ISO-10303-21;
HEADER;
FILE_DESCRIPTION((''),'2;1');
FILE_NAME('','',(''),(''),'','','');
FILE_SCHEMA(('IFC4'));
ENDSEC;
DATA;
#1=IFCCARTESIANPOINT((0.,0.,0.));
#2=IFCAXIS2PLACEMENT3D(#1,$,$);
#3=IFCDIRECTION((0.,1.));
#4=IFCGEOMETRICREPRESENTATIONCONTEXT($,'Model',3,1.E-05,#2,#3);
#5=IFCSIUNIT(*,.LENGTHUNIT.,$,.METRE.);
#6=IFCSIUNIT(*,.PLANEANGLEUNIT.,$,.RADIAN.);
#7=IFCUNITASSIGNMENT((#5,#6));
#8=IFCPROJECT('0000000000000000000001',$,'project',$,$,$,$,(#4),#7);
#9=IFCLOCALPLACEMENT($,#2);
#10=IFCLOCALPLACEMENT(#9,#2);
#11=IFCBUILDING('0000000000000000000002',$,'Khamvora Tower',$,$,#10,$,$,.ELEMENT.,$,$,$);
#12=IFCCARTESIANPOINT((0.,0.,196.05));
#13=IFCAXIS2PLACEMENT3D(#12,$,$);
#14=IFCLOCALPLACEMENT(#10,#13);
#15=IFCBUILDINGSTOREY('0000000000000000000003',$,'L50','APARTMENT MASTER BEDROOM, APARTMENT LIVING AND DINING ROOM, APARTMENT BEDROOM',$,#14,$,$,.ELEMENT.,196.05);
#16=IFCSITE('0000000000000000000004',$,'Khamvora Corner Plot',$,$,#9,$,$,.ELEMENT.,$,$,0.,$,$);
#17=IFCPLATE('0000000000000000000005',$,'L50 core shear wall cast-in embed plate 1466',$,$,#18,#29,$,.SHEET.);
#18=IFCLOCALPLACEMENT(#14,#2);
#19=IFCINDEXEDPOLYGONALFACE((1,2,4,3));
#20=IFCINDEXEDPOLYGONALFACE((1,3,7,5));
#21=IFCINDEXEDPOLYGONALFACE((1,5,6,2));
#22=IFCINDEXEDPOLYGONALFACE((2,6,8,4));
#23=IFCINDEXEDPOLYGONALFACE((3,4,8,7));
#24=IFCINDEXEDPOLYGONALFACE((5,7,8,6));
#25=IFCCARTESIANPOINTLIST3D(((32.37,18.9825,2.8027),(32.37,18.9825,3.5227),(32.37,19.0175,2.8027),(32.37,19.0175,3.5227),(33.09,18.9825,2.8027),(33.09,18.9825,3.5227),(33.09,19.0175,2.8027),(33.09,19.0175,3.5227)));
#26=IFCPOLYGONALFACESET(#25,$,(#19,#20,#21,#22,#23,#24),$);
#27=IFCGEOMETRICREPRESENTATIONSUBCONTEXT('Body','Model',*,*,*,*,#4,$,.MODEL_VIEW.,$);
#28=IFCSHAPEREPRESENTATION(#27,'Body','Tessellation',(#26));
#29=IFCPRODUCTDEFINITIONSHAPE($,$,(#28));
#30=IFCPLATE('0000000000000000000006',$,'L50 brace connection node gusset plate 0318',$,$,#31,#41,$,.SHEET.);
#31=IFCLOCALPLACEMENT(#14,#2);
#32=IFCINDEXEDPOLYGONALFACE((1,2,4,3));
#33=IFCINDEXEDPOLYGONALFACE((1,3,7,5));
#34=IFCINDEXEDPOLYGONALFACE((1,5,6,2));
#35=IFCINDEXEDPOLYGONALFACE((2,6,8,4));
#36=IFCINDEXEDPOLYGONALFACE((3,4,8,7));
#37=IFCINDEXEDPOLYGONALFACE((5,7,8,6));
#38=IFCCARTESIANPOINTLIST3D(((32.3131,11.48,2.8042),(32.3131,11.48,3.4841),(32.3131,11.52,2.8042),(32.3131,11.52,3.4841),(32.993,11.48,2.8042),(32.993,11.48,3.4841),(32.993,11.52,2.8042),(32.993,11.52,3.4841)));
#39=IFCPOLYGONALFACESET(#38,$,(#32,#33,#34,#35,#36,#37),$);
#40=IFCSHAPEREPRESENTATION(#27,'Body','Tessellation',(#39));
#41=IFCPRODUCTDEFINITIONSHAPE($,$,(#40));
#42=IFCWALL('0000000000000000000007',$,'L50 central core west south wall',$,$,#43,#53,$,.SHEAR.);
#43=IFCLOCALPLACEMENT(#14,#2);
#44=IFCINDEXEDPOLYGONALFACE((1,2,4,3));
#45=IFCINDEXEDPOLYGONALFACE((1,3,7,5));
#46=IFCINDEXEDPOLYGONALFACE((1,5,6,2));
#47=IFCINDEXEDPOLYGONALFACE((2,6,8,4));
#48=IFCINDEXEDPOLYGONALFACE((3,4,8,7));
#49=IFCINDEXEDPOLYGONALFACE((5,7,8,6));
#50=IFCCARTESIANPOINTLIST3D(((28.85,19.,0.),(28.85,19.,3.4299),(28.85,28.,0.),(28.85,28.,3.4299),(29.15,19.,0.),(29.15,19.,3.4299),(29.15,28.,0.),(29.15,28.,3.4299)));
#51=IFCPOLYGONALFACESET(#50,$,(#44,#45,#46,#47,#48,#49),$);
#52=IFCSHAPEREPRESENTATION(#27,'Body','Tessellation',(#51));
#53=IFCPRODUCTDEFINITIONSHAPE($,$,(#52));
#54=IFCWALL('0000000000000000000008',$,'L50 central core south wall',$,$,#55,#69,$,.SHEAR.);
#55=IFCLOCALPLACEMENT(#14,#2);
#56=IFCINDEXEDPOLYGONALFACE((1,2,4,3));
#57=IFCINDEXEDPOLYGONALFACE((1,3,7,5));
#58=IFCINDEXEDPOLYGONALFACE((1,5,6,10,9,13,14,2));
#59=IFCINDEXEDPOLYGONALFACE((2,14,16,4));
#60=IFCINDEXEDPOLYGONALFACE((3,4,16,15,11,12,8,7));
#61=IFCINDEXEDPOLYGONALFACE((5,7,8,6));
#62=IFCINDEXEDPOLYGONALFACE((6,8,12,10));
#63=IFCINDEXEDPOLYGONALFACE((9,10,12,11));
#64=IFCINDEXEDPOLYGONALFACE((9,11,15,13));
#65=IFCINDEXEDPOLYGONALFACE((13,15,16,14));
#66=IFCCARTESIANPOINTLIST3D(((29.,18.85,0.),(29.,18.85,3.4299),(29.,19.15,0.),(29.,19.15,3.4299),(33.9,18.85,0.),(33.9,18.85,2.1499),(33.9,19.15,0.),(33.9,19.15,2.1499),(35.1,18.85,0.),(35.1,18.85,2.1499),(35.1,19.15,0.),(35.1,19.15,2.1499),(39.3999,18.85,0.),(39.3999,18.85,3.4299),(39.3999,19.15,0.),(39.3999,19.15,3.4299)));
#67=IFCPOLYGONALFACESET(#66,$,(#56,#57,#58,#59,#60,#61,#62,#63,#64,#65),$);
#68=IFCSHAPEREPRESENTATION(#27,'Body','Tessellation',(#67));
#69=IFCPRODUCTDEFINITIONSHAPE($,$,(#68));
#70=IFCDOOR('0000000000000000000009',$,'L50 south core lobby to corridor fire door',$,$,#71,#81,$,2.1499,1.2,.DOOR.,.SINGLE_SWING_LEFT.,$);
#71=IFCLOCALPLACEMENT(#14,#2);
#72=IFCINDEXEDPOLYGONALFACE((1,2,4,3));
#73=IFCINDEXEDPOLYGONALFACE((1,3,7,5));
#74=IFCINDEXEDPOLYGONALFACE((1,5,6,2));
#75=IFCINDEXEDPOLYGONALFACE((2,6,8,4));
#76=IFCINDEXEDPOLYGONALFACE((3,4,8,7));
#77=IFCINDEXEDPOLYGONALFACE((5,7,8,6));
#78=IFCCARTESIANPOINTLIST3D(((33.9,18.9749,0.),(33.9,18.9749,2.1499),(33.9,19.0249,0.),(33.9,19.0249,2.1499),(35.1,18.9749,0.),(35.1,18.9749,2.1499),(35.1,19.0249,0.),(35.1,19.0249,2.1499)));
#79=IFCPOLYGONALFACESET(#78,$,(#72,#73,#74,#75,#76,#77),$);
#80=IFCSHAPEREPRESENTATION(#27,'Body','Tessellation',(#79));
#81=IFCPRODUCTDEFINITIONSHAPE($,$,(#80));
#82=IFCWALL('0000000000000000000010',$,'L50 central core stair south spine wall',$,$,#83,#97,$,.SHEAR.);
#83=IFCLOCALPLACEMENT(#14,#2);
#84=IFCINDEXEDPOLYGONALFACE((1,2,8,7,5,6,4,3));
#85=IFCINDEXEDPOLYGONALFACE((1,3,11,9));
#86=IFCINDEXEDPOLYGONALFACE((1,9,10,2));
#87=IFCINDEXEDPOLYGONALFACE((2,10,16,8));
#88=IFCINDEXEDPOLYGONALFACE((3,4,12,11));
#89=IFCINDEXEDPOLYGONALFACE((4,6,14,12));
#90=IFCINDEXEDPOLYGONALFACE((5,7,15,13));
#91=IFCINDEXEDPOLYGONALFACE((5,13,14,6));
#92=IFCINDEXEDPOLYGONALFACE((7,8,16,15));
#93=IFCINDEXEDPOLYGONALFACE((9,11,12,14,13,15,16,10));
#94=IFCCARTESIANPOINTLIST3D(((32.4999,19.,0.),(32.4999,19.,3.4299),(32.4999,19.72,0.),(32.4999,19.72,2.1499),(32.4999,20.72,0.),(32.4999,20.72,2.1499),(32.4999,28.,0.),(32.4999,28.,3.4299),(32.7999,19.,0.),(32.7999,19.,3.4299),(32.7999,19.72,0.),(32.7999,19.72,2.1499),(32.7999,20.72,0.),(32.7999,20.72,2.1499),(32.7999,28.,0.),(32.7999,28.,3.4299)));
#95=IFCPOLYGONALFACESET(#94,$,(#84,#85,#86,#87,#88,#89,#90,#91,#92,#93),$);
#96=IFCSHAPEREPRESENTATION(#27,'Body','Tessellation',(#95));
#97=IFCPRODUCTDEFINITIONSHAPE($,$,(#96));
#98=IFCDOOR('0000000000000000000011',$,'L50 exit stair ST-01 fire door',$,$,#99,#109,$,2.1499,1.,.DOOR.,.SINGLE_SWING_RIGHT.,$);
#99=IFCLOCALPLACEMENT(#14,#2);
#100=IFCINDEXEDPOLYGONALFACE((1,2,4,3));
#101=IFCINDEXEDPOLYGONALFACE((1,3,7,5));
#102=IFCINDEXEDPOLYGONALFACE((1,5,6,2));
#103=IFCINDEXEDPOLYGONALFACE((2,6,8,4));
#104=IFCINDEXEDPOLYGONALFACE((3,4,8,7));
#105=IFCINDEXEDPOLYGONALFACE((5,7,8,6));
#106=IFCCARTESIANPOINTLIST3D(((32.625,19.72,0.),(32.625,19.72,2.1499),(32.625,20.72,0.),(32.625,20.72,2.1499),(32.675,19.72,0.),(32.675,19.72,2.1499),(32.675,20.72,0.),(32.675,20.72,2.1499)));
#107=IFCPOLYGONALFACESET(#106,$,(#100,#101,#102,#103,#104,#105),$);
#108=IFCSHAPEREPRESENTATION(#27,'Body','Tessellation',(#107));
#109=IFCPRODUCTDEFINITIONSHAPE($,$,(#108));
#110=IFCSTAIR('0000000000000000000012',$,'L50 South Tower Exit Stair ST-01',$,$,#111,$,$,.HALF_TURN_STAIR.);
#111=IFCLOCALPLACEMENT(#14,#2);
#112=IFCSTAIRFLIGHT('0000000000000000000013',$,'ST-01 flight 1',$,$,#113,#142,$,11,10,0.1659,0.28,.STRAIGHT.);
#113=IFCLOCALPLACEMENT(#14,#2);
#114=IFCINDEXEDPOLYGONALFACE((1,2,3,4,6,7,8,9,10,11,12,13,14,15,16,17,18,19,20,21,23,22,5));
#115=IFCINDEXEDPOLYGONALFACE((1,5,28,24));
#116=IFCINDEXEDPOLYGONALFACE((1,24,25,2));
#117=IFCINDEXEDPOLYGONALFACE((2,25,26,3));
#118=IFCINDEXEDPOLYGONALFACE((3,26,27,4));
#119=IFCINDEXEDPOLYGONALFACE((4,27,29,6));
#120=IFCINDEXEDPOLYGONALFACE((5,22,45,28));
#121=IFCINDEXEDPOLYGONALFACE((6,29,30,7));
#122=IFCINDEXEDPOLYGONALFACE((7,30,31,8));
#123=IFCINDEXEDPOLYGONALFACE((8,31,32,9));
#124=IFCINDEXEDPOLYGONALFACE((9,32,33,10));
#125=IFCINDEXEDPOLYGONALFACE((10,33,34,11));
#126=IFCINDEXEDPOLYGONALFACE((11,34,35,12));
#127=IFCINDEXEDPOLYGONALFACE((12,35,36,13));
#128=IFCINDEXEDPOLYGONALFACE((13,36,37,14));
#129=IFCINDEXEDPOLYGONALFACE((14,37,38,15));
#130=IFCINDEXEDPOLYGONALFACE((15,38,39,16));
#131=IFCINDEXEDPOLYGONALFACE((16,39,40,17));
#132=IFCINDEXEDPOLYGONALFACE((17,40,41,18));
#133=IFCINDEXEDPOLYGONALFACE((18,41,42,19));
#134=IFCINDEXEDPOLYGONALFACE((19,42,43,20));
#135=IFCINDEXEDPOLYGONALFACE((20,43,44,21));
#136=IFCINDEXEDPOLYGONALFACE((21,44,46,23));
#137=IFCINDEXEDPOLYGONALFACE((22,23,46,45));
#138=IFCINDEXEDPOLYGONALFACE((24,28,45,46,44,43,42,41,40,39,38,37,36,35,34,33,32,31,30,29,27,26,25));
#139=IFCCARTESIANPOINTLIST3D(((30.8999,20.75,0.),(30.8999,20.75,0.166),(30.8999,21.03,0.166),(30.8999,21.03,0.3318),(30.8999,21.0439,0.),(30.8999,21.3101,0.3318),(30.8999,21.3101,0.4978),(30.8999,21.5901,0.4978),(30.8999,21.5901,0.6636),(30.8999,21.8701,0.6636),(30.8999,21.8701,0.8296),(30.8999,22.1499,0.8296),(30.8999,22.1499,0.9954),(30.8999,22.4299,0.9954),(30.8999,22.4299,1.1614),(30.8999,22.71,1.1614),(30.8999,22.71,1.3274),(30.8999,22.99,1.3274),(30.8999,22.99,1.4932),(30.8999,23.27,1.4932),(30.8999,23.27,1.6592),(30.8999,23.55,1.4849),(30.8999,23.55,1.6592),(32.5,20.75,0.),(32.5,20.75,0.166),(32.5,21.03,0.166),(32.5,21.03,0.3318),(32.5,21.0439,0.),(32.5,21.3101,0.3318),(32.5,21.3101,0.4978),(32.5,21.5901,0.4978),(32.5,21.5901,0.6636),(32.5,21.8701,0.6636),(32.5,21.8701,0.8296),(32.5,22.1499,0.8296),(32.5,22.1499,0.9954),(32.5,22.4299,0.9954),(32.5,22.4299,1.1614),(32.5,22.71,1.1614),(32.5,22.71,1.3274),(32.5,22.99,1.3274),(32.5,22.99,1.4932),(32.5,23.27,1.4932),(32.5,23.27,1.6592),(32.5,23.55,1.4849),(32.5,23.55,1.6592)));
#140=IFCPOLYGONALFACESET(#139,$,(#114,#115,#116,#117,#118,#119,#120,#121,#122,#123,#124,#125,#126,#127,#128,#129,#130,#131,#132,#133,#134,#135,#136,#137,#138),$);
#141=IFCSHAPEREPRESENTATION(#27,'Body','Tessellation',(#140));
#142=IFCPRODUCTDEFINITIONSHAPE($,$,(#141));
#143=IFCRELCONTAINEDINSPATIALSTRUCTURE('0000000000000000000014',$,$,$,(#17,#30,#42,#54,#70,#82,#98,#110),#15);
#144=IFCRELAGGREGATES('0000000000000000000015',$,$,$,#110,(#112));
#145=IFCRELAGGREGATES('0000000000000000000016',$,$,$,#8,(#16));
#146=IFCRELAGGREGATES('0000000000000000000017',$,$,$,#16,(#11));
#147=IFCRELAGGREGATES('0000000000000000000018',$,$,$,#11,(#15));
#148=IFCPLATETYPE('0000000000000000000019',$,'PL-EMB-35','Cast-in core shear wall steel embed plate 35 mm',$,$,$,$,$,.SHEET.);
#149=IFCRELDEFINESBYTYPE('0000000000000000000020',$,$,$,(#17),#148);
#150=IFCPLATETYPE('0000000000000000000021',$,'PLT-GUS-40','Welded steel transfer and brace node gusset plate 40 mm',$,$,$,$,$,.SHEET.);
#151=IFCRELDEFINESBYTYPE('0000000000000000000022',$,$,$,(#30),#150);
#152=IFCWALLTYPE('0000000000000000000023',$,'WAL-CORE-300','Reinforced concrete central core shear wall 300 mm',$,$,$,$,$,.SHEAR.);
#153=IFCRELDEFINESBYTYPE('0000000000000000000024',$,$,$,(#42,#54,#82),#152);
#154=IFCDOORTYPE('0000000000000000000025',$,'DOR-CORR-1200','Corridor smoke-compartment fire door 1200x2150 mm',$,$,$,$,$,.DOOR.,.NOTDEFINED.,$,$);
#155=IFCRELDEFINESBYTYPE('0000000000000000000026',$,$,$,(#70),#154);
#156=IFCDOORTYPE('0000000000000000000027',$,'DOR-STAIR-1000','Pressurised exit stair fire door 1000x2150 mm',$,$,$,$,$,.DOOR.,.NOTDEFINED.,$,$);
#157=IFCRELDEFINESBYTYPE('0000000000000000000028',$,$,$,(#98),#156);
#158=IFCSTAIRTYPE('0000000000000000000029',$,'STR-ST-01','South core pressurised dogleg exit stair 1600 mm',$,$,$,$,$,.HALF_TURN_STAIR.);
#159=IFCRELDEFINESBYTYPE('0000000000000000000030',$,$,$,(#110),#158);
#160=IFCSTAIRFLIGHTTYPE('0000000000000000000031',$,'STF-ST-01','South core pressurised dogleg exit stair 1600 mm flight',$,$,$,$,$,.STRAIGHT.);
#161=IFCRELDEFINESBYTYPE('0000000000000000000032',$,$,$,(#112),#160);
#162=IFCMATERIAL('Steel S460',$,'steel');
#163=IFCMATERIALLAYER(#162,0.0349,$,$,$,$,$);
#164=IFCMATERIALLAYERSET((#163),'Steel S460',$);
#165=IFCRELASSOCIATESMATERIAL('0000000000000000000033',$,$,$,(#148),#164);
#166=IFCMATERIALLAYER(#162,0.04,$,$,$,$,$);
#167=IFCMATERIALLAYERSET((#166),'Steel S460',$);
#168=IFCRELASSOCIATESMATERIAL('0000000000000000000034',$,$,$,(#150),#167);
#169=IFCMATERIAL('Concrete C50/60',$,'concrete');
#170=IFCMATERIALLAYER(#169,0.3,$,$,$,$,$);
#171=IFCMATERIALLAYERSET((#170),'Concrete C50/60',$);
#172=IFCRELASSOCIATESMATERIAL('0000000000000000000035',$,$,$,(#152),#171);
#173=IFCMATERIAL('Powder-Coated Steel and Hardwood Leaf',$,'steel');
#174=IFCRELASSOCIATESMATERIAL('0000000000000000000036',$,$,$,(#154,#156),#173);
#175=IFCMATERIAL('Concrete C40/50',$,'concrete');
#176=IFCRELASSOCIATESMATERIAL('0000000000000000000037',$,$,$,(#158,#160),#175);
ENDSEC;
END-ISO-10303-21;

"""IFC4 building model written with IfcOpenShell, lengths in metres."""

from ifc_helpers import new_model, si_unit, direction, frame, frame_2d, origin, origin_2d, place, context, subcontext, project, spatial, polyline, rectangle, outline, extrude, material, layer, layer_set, type_object, element, fill, aggregate, save


model = new_model("IFC4")

# Units and contexts
model_context = context("Model", 3, precision=1e-05, world=origin(), true_north=direction((0.0, 1.0)))
body_context = subcontext(model_context, "Body", "Model", "MODEL_VIEW")
ifc_project = project(units=[si_unit("LENGTHUNIT", "METRE"), si_unit("PLANEANGLEUNIT", "RADIAN")], contexts=[model_context])

# Site, building, storey
site_placement = place(None, origin())
site = spatial("IfcSite", under=ifc_project, at=site_placement, Name="Khamvora Corner Plot", CompositionType="ELEMENT", RefElevation=0.0)
building_placement = place(site_placement, origin())
building = spatial("IfcBuilding", under=site, at=building_placement, Name="Khamvora Tower", CompositionType="ELEMENT")
storey_placement = place(building_placement, frame((0.0, 0.0, 196.05)))
storey = spatial("IfcBuildingStorey", under=building, at=storey_placement, Name="L50", Description="APARTMENT MASTER BEDROOM, APARTMENT LIVING AND DINING ROOM, APARTMENT BEDROOM", CompositionType="ELEMENT", Elevation=196.05)

# Shared definitions
ifc_material_1 = material(Name="Steel S460", Category="steel")

# Plates
ifc_layer_1 = layer(ifc_material_1, 0.0349)
ifc_layer_set_1 = layer_set([ifc_layer_1], Name="Steel S460")
plate_type_1 = type_object("IfcPlateType", Name="PL-EMB-35", Description="Cast-in core shear wall steel embed plate 35 mm", PredefinedType="SHEET", material=ifc_layer_set_1)
plate_1_placement = place(storey_placement, frame((32.73, 19.0, 2.8027), z_axis=(0.0, 0.0, 1.0), x_axis=(1.0, 0.0, 0.0)))
element("IfcPlate", 1, at=plate_1_placement, inside=storey, type_object=plate_type_1, Name="L50 core shear wall cast-in embed plate 1466", PredefinedType="SHEET", context=body_context, shape_type="SweptSolid", body=[
    extrude(rectangle(XDim=0.72, YDim=0.0349, at=origin_2d()), origin(), (0.0, 0.0, 1.0), 0.72),
])
ifc_layer_2 = layer(ifc_material_1, 0.04)
ifc_layer_set_2 = layer_set([ifc_layer_2], Name="Steel S460")
plate_type_2 = type_object("IfcPlateType", Name="PLT-GUS-40", Description="Welded steel transfer and brace node gusset plate 40 mm", PredefinedType="SHEET", material=ifc_layer_set_2)
plate_2_placement = place(storey_placement, frame((32.6531, 11.5, 2.8042), z_axis=(0.0, 0.0, 1.0), x_axis=(1.0, 0.0, 0.0)))
element("IfcPlate", 2, at=plate_2_placement, inside=storey, type_object=plate_type_2, Name="L50 brace connection node gusset plate 0318", PredefinedType="SHEET", context=body_context, shape_type="SweptSolid", body=[
    extrude(rectangle(XDim=0.6799, YDim=0.04, at=origin_2d()), origin(), (0.0, 0.0, 1.0), 0.6799),
])

# Wall
ifc_material_2 = material(Name="Concrete C50/60", Category="concrete")
ifc_layer_3 = layer(ifc_material_2, 0.3)
ifc_layer_set_3 = layer_set([ifc_layer_3], Name="Concrete C50/60")
wall_type = type_object("IfcWallType", Name="WAL-CORE-300", Description="Reinforced concrete central core shear wall 300 mm", PredefinedType="SHEAR", material=ifc_layer_set_3)
wall_1_placement = place(storey_placement, frame((29.0, 19.0, 0.0), z_axis=(0.0, 0.0, 1.0), x_axis=(0.0, 1.0, 0.0)))
element("IfcWall", 3, at=wall_1_placement, inside=storey, type_object=wall_type, Name="L50 central core west south wall", PredefinedType="SHEAR", context=body_context, shape_type="SweptSolid", body=[
    extrude(rectangle(XDim=9.0, YDim=0.3, at=frame_2d((4.5, 0.0))), origin(), (0.0, 0.0, 1.0), 3.4299),
])

# Walls, openings, doors
wall_2_placement = place(storey_placement, frame((29.0, 19.0, 0.0), z_axis=(0.0, 0.0, 1.0), x_axis=(1.0, 0.0, 0.0)))
wall_2 = element("IfcWall", 4, at=wall_2_placement, inside=storey, type_object=wall_type, Name="L50 central core south wall", PredefinedType="SHEAR", context=body_context, shape_type="SweptSolid", body=[
    extrude(rectangle(XDim=10.3999, YDim=0.3, at=frame_2d((5.2, 0.0))), origin(), (0.0, 0.0, 1.0), 3.4299),
])
opening_1_placement = place(wall_2_placement, frame((4.8999, 0.0, 0.0)))
opening_1 = element("IfcOpeningElement", 5, at=opening_1_placement, cuts=wall_2, PredefinedType="OPENING", context=body_context, shape_type="SweptSolid", body=[
    extrude(rectangle(XDim=1.2, YDim=2.1499, at=frame_2d((0.6001, 1.075))), frame((0.0, 0.1599, 0.0), z_axis=(0.0, -1.0, 0.0), x_axis=(1.0, 0.0, 0.0)), (0.0, 0.0, 1.0), 0.3201),
])
ifc_material_3 = material(Name="Powder-Coated Steel and Hardwood Leaf", Category="steel")
door_type_1 = type_object("IfcDoorType", Name="DOR-CORR-1200", Description="Corridor smoke-compartment fire door 1200x2150 mm", OperationType="NOTDEFINED", PredefinedType="DOOR", material=ifc_material_3)
door_1_placement = place(opening_1_placement, origin())
door_1 = element("IfcDoor", 6, at=door_1_placement, inside=storey, type_object=door_type_1, Name="L50 south core lobby to corridor fire door", OperationType="SINGLE_SWING_LEFT", OverallHeight=2.1499, OverallWidth=1.2, PredefinedType="DOOR", context=body_context, shape_type="SweptSolid", body=[
    extrude(rectangle(XDim=1.2, YDim=2.1499, at=frame_2d((0.6001, 1.075))), frame((0.0, 0.0249, 0.0), z_axis=(0.0, -1.0, 0.0), x_axis=(1.0, 0.0, 0.0)), (0.0, 0.0, 1.0), 0.05),
])
fill(opening_1, door_1)
wall_3_placement = place(storey_placement, frame((32.6499, 19.0, 0.0), z_axis=(0.0, 0.0, 1.0), x_axis=(0.0, 1.0, 0.0)))
wall_3 = element("IfcWall", 7, at=wall_3_placement, inside=storey, type_object=wall_type, Name="L50 central core stair south spine wall", PredefinedType="SHEAR", context=body_context, shape_type="SweptSolid", body=[
    extrude(rectangle(XDim=9.0, YDim=0.3, at=frame_2d((4.5, 0.0))), origin(), (0.0, 0.0, 1.0), 3.4299),
])
opening_2_placement = place(wall_3_placement, frame((0.72, 0.0, 0.0)))
opening_2 = element("IfcOpeningElement", 8, at=opening_2_placement, cuts=wall_3, PredefinedType="OPENING", context=body_context, shape_type="SweptSolid", body=[
    extrude(rectangle(XDim=1.0, YDim=2.1499, at=frame_2d((0.5, 1.075))), frame((0.0, 0.1599, 0.0), z_axis=(0.0, -1.0, 0.0), x_axis=(1.0, 0.0, 0.0)), (0.0, 0.0, 1.0), 0.3201),
])
door_type_2 = type_object("IfcDoorType", Name="DOR-STAIR-1000", Description="Pressurised exit stair fire door 1000x2150 mm", OperationType="NOTDEFINED", PredefinedType="DOOR", material=ifc_material_3)
door_2_placement = place(opening_2_placement, origin())
door_2 = element("IfcDoor", 9, at=door_2_placement, inside=storey, type_object=door_type_2, Name="L50 exit stair ST-01 fire door", OperationType="SINGLE_SWING_RIGHT", OverallHeight=2.1499, OverallWidth=1.0, PredefinedType="DOOR", context=body_context, shape_type="SweptSolid", body=[
    extrude(rectangle(XDim=1.0, YDim=2.1499, at=frame_2d((0.5, 1.075))), frame((0.0, 0.0249, 0.0), z_axis=(0.0, -1.0, 0.0), x_axis=(1.0, 0.0, 0.0)), (0.0, 0.0, 1.0), 0.05),
])
fill(opening_2, door_2)

# Stair, stair flight
ifc_material_4 = material(Name="Concrete C40/50", Category="concrete")
stair_type = type_object("IfcStairType", Name="STR-ST-01", Description="South core pressurised dogleg exit stair 1600 mm", PredefinedType="HALF_TURN_STAIR", material=ifc_material_4)
stair_placement = place(storey_placement, origin())
stair = element("IfcStair", 10, at=stair_placement, inside=storey, type_object=stair_type, Name="L50 South Tower Exit Stair ST-01", PredefinedType="HALF_TURN_STAIR")
stair_flight_type = type_object("IfcStairFlightType", Name="STF-ST-01", Description="South core pressurised dogleg exit stair 1600 mm flight", PredefinedType="STRAIGHT", material=ifc_material_4)
stair_flight_placement = place(storey_placement, frame((31.7, 20.75, 0.0), z_axis=(0.0, 0.0, 1.0), x_axis=(0.0, 1.0, 0.0)))
stair_flight = element("IfcStairFlight", 11, at=stair_flight_placement, type_object=stair_flight_type, Name="ST-01 flight 1", NumberOfRisers=11, NumberOfTreads=10, PredefinedType="STRAIGHT", RiserHeight=0.1659, TreadLength=0.28, context=body_context, shape_type="SweptSolid", body=[
    extrude(outline(polyline([(0.0, 0.0), (0.0, 0.166), (0.28, 0.166), (0.28, 0.3318), (0.5601, 0.3318), (0.5601, 0.4978), (0.8401, 0.4978), (0.8401, 0.6636), (1.1201, 0.6636), (1.1201, 0.8296), (1.3999, 0.8296), (1.3999, 0.9954), (1.6799, 0.9954), (1.6799, 1.1614), (1.96, 1.1614), (1.96, 1.3274), (2.24, 1.3274), (2.24, 1.4932), (2.52, 1.4932), (2.52, 1.6592), (2.8, 1.6592), (2.8, 1.825), (2.8, 1.4849), (0.2939, 0.0), (0.0, 0.0)])), frame((0.0, 0.8, 0.0), z_axis=(0.0, -1.0, 0.0), x_axis=(1.0, 0.0, 0.0)), (0.0, 0.0, 1.0), 1.6001),
])
aggregate(stair, [stair_flight])

save(model, "model.ifc")
